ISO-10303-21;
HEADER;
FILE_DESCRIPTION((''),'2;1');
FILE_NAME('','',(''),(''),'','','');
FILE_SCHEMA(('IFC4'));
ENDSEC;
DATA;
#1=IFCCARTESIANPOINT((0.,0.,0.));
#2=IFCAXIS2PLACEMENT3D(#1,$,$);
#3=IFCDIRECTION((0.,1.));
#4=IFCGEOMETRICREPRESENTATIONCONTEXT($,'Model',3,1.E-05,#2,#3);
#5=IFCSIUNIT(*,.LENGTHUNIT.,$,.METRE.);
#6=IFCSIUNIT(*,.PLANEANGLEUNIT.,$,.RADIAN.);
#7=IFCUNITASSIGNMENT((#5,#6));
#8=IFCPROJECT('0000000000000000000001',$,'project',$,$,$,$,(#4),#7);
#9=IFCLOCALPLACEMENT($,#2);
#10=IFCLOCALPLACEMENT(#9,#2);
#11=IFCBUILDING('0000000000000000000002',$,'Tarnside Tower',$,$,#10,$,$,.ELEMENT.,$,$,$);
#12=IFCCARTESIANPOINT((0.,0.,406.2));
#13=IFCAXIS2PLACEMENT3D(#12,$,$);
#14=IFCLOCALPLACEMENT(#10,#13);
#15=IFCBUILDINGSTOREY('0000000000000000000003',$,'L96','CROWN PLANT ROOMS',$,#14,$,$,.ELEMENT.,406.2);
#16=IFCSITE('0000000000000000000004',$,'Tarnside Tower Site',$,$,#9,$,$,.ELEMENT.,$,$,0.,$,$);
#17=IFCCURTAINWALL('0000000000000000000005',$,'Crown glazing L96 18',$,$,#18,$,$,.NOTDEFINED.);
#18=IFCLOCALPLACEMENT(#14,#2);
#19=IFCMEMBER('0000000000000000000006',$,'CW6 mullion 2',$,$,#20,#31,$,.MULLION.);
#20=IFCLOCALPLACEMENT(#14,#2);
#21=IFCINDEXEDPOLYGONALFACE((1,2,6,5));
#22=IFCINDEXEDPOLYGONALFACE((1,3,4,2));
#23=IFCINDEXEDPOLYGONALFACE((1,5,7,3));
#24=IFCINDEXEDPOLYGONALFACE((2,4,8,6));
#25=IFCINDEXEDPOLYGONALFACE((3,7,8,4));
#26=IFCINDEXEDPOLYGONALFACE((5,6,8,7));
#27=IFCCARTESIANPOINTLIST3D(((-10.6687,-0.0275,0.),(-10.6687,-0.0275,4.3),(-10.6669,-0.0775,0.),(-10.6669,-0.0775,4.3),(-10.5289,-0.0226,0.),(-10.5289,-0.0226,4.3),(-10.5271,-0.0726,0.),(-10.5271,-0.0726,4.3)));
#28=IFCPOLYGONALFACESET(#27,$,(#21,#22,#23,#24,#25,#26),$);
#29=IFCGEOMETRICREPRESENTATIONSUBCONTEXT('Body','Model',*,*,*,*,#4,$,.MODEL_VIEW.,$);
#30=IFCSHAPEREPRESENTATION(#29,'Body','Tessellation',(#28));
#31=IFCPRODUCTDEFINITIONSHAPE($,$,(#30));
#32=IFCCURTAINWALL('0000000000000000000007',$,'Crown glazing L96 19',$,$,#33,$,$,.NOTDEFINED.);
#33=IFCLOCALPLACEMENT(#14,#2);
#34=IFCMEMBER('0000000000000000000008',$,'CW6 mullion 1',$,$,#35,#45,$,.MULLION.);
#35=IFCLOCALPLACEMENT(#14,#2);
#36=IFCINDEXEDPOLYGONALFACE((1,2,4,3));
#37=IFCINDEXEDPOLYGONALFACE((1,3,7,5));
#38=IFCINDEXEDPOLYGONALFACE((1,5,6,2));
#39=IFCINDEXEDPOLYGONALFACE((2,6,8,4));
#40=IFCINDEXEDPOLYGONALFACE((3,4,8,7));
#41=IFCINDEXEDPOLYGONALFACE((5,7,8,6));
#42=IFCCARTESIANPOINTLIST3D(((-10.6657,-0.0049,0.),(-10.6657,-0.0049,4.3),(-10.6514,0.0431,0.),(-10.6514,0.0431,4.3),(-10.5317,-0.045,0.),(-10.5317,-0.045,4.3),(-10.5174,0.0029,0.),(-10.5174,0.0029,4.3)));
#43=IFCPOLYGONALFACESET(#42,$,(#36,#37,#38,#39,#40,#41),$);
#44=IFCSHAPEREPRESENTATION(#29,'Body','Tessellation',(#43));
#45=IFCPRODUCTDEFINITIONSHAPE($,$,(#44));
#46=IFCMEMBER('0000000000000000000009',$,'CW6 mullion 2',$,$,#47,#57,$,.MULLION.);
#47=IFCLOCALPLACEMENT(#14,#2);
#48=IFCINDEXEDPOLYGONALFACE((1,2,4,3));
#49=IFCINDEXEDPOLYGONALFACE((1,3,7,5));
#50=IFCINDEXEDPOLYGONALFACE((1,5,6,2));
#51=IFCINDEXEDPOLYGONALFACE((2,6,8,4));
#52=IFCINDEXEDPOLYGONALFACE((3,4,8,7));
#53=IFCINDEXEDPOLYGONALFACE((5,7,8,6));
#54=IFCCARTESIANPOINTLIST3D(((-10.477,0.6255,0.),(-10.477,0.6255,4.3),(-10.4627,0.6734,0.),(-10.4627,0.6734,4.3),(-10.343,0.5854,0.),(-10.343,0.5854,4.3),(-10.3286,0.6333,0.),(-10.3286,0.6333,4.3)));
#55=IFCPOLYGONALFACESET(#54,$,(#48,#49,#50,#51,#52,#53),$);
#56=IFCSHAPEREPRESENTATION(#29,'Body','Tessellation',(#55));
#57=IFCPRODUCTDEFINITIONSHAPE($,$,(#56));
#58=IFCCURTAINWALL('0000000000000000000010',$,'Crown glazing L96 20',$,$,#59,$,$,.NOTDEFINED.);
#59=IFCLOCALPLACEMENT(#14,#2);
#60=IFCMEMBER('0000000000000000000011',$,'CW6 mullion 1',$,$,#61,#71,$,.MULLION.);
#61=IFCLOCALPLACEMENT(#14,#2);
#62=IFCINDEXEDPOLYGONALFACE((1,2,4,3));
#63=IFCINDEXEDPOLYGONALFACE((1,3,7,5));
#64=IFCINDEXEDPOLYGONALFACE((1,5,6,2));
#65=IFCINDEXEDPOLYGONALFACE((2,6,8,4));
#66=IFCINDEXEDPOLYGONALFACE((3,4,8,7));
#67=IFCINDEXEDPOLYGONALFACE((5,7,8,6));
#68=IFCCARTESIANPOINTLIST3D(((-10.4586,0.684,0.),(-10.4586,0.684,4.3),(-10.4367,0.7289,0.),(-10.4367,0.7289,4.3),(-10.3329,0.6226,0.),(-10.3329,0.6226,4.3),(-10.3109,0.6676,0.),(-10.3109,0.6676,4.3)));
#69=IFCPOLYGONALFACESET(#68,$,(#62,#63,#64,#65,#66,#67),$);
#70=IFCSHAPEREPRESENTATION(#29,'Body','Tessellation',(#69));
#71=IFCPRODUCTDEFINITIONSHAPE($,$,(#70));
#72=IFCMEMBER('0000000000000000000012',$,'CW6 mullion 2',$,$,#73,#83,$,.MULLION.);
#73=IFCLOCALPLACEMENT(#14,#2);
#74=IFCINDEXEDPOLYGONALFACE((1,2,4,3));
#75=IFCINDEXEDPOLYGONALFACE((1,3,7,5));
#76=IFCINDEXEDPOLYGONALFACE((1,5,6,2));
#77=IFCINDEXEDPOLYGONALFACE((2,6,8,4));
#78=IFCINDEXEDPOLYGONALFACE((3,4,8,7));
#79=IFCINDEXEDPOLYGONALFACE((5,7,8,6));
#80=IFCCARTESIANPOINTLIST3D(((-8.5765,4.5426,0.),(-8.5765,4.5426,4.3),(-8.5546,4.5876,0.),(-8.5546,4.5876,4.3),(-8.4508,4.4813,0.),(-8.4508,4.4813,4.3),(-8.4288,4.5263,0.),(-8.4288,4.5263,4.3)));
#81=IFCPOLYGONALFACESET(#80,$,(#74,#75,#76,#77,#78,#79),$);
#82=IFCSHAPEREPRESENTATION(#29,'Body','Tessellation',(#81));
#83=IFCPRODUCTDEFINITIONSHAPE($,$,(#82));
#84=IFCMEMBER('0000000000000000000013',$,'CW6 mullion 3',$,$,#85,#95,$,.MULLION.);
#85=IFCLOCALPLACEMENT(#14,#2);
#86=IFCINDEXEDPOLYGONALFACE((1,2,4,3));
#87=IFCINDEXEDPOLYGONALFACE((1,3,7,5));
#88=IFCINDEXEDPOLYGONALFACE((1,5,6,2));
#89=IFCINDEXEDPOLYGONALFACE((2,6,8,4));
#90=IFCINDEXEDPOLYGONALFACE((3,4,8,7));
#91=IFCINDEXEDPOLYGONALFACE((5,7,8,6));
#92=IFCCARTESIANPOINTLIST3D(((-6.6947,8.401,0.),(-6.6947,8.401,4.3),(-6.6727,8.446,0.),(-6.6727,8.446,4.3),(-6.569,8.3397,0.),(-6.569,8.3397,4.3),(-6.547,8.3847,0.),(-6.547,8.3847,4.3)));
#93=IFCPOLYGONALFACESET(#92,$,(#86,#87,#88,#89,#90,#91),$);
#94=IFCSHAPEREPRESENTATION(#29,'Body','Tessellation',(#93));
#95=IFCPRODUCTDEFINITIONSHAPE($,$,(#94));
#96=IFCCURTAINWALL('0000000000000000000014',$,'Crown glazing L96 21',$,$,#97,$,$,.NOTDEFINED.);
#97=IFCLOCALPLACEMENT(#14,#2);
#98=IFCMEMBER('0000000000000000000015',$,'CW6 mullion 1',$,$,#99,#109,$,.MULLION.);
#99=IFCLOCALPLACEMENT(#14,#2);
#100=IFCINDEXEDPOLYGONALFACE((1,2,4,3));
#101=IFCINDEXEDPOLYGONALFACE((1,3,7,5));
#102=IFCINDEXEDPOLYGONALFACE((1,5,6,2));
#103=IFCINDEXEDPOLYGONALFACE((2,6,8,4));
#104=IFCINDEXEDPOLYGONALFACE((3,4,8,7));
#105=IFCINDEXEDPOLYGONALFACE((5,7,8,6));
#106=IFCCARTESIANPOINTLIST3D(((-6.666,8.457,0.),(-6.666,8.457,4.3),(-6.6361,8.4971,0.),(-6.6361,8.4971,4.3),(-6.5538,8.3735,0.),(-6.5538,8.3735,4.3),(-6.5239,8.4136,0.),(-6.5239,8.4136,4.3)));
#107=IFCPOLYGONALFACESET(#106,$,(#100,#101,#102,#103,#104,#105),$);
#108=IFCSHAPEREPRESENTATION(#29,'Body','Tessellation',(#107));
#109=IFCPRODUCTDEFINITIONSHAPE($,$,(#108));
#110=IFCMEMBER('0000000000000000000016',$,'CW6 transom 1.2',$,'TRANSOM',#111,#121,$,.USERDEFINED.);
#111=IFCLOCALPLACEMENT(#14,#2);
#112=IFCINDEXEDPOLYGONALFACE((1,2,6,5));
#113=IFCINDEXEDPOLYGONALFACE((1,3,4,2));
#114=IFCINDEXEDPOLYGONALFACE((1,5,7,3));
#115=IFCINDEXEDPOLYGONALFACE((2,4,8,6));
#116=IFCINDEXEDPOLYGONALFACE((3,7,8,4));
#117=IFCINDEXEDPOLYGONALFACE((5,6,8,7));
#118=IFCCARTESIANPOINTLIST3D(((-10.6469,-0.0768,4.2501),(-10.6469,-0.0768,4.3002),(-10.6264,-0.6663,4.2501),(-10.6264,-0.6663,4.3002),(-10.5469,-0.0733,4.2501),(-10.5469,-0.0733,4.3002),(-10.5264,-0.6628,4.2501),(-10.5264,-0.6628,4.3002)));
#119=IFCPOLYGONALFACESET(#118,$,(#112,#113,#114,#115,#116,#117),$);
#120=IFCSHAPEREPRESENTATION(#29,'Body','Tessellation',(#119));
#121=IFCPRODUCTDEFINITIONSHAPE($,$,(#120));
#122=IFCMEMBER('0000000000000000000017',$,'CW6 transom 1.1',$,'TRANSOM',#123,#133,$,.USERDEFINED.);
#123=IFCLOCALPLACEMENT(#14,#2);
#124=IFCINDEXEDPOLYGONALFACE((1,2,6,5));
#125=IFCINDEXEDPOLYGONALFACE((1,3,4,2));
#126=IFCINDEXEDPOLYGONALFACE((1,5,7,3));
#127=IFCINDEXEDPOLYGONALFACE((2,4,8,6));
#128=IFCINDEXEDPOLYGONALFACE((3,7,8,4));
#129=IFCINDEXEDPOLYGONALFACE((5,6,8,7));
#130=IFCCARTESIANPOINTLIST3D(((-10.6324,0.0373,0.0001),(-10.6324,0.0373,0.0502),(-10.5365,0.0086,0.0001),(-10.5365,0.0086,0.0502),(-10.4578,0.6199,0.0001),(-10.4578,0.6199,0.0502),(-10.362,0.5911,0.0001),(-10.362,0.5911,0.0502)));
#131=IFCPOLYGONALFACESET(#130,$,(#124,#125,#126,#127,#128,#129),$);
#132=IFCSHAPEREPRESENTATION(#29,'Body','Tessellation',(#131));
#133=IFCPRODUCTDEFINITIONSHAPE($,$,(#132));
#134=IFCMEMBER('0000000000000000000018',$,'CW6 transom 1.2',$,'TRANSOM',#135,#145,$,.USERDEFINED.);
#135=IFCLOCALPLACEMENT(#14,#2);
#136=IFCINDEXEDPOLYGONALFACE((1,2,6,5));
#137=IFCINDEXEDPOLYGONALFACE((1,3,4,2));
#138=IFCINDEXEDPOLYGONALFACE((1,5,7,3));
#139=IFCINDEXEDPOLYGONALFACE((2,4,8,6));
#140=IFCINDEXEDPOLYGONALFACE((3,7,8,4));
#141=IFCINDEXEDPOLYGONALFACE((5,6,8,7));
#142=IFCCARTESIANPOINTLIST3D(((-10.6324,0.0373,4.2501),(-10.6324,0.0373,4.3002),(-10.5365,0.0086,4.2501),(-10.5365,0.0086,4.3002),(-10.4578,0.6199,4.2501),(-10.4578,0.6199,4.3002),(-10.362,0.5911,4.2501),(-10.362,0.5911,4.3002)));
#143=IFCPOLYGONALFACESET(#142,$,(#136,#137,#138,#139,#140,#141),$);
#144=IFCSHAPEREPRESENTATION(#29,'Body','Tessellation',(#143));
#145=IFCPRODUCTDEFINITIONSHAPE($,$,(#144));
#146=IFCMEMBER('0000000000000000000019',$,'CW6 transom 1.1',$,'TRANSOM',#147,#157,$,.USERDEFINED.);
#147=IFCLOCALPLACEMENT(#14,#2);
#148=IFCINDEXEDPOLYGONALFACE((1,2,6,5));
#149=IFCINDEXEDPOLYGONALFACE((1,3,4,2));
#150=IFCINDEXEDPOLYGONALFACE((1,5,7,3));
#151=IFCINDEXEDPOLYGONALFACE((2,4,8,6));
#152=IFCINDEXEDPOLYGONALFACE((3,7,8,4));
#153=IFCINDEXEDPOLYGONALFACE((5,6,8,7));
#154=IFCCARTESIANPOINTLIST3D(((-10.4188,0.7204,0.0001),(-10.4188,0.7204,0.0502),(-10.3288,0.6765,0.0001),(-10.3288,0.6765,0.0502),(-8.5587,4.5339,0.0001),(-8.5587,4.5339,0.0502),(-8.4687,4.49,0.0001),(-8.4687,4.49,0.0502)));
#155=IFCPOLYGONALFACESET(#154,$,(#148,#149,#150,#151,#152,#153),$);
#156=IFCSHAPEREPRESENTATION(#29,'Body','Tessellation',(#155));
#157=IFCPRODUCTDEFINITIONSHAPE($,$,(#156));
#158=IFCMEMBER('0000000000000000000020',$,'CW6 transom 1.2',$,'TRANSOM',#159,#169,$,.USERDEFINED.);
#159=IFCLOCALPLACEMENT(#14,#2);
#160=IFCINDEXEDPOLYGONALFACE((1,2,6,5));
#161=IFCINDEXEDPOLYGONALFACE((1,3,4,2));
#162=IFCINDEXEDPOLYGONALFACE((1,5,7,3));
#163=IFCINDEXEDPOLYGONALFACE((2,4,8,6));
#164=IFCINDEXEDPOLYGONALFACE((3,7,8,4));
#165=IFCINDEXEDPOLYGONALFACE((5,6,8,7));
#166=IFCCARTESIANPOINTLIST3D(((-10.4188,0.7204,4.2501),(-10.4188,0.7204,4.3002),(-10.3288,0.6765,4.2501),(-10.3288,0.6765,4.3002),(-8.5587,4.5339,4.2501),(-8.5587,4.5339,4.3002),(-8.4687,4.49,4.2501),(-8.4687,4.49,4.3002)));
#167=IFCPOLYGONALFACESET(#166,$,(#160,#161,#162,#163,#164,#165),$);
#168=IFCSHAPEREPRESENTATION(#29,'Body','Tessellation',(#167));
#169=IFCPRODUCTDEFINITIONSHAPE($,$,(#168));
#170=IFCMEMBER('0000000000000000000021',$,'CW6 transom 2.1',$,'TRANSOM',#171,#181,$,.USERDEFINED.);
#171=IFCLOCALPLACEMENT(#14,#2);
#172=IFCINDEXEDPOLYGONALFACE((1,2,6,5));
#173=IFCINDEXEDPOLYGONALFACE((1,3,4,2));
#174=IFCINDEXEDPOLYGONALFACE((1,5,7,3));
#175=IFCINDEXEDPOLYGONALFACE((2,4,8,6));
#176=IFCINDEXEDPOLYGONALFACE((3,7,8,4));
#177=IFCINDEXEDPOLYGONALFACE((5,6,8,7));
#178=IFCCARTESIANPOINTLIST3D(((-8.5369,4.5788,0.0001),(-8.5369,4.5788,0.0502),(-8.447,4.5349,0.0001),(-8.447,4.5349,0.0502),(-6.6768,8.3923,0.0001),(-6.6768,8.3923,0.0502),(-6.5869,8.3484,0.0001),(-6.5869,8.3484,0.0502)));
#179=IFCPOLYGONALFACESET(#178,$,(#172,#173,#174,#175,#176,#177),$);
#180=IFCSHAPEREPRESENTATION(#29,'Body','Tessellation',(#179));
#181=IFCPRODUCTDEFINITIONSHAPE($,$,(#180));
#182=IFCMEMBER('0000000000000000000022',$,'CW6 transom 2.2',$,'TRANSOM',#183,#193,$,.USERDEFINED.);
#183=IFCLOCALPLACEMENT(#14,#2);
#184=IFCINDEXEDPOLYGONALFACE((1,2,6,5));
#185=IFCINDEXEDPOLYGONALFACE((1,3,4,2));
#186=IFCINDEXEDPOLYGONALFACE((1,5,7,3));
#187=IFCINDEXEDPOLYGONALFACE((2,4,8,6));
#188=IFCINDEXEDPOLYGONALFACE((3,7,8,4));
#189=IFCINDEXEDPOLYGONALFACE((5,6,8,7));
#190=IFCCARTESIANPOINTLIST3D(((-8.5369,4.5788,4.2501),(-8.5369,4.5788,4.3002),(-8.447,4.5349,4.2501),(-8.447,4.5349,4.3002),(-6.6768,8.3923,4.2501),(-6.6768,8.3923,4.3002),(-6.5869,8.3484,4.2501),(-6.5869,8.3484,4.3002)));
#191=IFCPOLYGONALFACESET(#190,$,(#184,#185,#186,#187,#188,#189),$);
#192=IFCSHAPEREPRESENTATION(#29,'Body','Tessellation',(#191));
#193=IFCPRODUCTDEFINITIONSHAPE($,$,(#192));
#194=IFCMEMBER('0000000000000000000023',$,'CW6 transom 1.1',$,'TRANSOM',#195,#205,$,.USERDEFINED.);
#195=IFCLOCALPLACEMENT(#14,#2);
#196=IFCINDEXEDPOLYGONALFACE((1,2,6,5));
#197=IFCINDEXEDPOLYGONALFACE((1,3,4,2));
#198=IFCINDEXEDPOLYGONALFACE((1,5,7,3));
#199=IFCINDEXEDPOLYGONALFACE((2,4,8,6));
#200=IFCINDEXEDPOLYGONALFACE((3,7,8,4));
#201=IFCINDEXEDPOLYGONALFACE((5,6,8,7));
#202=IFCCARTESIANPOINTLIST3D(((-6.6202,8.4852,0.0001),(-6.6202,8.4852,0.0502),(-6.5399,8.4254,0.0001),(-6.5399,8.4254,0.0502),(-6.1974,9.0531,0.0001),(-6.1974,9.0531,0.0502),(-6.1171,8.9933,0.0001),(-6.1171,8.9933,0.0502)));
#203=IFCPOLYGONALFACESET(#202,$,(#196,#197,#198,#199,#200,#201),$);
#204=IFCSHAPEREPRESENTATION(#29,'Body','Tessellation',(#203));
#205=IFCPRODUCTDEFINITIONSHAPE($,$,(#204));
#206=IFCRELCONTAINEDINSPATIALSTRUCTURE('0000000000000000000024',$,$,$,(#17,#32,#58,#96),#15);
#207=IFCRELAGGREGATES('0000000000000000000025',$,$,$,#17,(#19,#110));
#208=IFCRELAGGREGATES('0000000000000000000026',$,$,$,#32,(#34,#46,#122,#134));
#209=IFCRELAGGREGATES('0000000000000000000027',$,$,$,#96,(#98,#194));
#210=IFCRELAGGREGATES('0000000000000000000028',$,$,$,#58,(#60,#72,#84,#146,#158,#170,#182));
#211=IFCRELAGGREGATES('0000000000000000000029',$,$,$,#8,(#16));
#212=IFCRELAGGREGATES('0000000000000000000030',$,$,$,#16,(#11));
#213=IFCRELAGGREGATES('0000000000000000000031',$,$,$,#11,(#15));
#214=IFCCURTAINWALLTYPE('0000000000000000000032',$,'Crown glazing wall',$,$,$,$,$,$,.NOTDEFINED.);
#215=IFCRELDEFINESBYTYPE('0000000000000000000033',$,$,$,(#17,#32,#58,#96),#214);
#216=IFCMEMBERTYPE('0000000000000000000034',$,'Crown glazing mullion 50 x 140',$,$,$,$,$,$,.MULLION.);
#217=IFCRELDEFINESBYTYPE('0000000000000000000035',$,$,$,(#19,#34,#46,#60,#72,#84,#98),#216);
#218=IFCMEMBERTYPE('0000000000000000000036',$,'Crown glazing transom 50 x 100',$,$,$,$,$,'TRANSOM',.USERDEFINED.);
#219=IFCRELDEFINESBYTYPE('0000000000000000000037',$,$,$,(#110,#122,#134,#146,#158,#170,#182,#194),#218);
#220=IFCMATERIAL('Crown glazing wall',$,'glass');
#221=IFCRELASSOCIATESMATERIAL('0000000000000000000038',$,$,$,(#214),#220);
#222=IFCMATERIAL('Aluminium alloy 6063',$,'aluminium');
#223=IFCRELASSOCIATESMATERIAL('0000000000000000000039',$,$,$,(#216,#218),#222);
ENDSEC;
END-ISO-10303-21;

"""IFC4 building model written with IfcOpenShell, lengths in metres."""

from ifc_helpers import new_model, si_unit, direction, frame, origin, origin_2d, place, context, subcontext, project, spatial, rectangle, extrude, material, material_profile, profile_set, type_object, element, aggregate, save


model = new_model("IFC4")

# Units and contexts
model_context = context("Model", 3, precision=1e-05, world=origin(), true_north=direction((0.0, 1.0)))
body_context = subcontext(model_context, "Body", "Model", "MODEL_VIEW")
ifc_project = project(units=[si_unit("LENGTHUNIT", "METRE"), si_unit("PLANEANGLEUNIT", "RADIAN")], contexts=[model_context])

# Site, building, storey
site_placement = place(None, origin())
site = spatial("IfcSite", under=ifc_project, at=site_placement, Name="Tarnside Tower Site", CompositionType="ELEMENT", RefElevation=0.0)
building_placement = place(site_placement, origin())
building = spatial("IfcBuilding", under=site, at=building_placement, Name="Tarnside Tower", CompositionType="ELEMENT")
storey_placement = place(building_placement, frame((0.0, 0.0, 406.2)))
storey = spatial("IfcBuildingStorey", under=building, at=storey_placement, Name="L96", Description="CROWN PLANT ROOMS", CompositionType="ELEMENT", Elevation=406.2)

# Curtain wall, member
ifc_material_1 = material(Name="Crown glazing wall", Category="glass")
curtain_wall_type = type_object("IfcCurtainWallType", Name="Crown glazing wall", PredefinedType="NOTDEFINED", material=ifc_material_1)
curtain_wall_1_placement = place(storey_placement, origin())
curtain_wall_1 = element("IfcCurtainWall", 1, at=curtain_wall_1_placement, inside=storey, type_object=curtain_wall_type, Name="Crown glazing L96 18", PredefinedType="NOTDEFINED")
ifc_material_2 = material(Name="Aluminium alloy 6063", Category="aluminium")
ifc_material_profile_1 = material_profile(ifc_material_2, rectangle(XDim=0.1399, YDim=0.05, at=origin_2d()), Name="Crown glazing mullion 50 x 140")
ifc_profile_set_1 = profile_set([ifc_material_profile_1], Name="Aluminium alloy 6063")
member_type_1 = type_object("IfcMemberType", Name="Crown glazing mullion 50 x 140", PredefinedType="MULLION", material=ifc_profile_set_1)
member_1_placement = place(storey_placement, frame((-10.5979, -0.05, 0.0), z_axis=(0.0, 0.0, 1.0), x_axis=(-0.999391, -0.034899, 0.0)))
member_1 = element("IfcMember", 2, at=member_1_placement, type_object=member_type_1, Name="CW6 mullion 2", PredefinedType="MULLION", context=body_context, shape_type="SweptSolid", body=[
    extrude(rectangle(XDim=0.1399, YDim=0.05, at=origin_2d()), origin(), (0.0, 0.0, 1.0), 4.3),
])

# Curtain walls, members
curtain_wall_2_placement = place(storey_placement, origin())
curtain_wall_2 = element("IfcCurtainWall", 3, at=curtain_wall_2_placement, inside=storey, type_object=curtain_wall_type, Name="Crown glazing L96 19", PredefinedType="NOTDEFINED")
member_2_placement = place(storey_placement, frame((-10.5916, -0.001, 0.0), z_axis=(0.0, 0.0, 1.0), x_axis=(-0.95799, 0.286803, 0.0)))
member_2 = element("IfcMember", 4, at=member_2_placement, type_object=member_type_1, Name="CW6 mullion 1", PredefinedType="MULLION", context=body_context, shape_type="SweptSolid", body=[
    extrude(rectangle(XDim=0.1399, YDim=0.05, at=origin_2d()), origin(), (0.0, 0.0, 1.0), 4.3),
])
member_3_placement = place(storey_placement, frame((-10.4028, 0.6294, 0.0), z_axis=(0.0, 0.0, 1.0), x_axis=(-0.95799, 0.286803, 0.0)))
member_3 = element("IfcMember", 5, at=member_3_placement, type_object=member_type_1, Name="CW6 mullion 2", PredefinedType="MULLION", context=body_context, shape_type="SweptSolid", body=[
    extrude(rectangle(XDim=0.1399, YDim=0.05, at=origin_2d()), origin(), (0.0, 0.0, 1.0), 4.3),
])
curtain_wall_3_placement = place(storey_placement, origin())
curtain_wall_3 = element("IfcCurtainWall", 6, at=curtain_wall_3_placement, inside=storey, type_object=curtain_wall_type, Name="Crown glazing L96 20", PredefinedType="NOTDEFINED")
member_4_placement = place(storey_placement, frame((-10.3848, 0.6758, 0.0), z_axis=(0.0, 0.0, 1.0), x_axis=(-0.898794, 0.438371, 0.0)))
member_4 = element("IfcMember", 7, at=member_4_placement, type_object=member_type_1, Name="CW6 mullion 1", PredefinedType="MULLION", context=body_context, shape_type="SweptSolid", body=[
    extrude(rectangle(XDim=0.1399, YDim=0.05, at=origin_2d()), origin(), (0.0, 0.0, 1.0), 4.3),
])
member_5_placement = place(storey_placement, frame((-8.5027, 4.5344, 0.0), z_axis=(0.0, 0.0, 1.0), x_axis=(-0.898794, 0.438371, 0.0)))
member_5 = element("IfcMember", 8, at=member_5_placement, type_object=member_type_1, Name="CW6 mullion 2", PredefinedType="MULLION", context=body_context, shape_type="SweptSolid", body=[
    extrude(rectangle(XDim=0.1399, YDim=0.05, at=origin_2d()), origin(), (0.0, 0.0, 1.0), 4.3),
])
member_6_placement = place(storey_placement, frame((-6.6208, 8.3928, 0.0), z_axis=(0.0, 0.0, 1.0), x_axis=(-0.898794, 0.438371, 0.0)))
member_6 = element("IfcMember", 9, at=member_6_placement, type_object=member_type_1, Name="CW6 mullion 3", PredefinedType="MULLION", context=body_context, shape_type="SweptSolid", body=[
    extrude(rectangle(XDim=0.1399, YDim=0.05, at=origin_2d()), origin(), (0.0, 0.0, 1.0), 4.3),
])

# Curtain wall, member
curtain_wall_4_placement = place(storey_placement, origin())
curtain_wall_4 = element("IfcCurtainWall", 10, at=curtain_wall_4_placement, inside=storey, type_object=curtain_wall_type, Name="Crown glazing L96 21", PredefinedType="NOTDEFINED")
member_7_placement = place(storey_placement, frame((-6.595, 8.4353, 0.0), z_axis=(0.0, 0.0, 1.0), x_axis=(-0.802123, 0.597159, 0.0)))
member_7 = element("IfcMember", 11, at=member_7_placement, type_object=member_type_1, Name="CW6 mullion 1", PredefinedType="MULLION", context=body_context, shape_type="SweptSolid", body=[
    extrude(rectangle(XDim=0.1399, YDim=0.05, at=origin_2d()), origin(), (0.0, 0.0, 1.0), 4.3),
])

# Members
ifc_material_profile_2 = material_profile(ifc_material_2, rectangle(XDim=0.1001, YDim=0.05, at=origin_2d()), Name="Crown glazing transom 50 x 100")
ifc_profile_set_2 = profile_set([ifc_material_profile_2], Name="Aluminium alloy 6063")
member_type_2 = type_object("IfcMemberType", Name="Crown glazing transom 50 x 100", ElementType="TRANSOM", PredefinedType="USERDEFINED", material=ifc_profile_set_2)
member_8_placement = place(storey_placement, frame((-10.5764, -0.6646, 4.2751), z_axis=(-0.034762, 0.999396, 0.0), x_axis=(-0.999396, -0.034762, 0.0)))
member_8 = element("IfcMember", 12, at=member_8_placement, type_object=member_type_2, Name="CW6 transom 1.2", ObjectType="TRANSOM", PredefinedType="USERDEFINED", context=body_context, shape_type="SweptSolid", body=[
    extrude(rectangle(XDim=0.1001, YDim=0.05, at=origin_2d()), origin(), (0.0, 0.0, 1.0), 0.5898),
])
member_9_placement = place(storey_placement, frame((-10.5845, 0.0229, 0.0251), z_axis=(0.287053, 0.957915, 0.0), x_axis=(-0.957915, 0.287053, 0.0)))
member_9 = element("IfcMember", 13, at=member_9_placement, type_object=member_type_2, Name="CW6 transom 1.1", ObjectType="TRANSOM", PredefinedType="USERDEFINED", context=body_context, shape_type="SweptSolid", body=[
    extrude(rectangle(XDim=0.1001, YDim=0.05, at=origin_2d()), origin(), (0.0, 0.0, 1.0), 0.6082),
])
member_10_placement = place(storey_placement, frame((-10.5845, 0.0229, 4.2751), z_axis=(0.287053, 0.957915, 0.0), x_axis=(-0.957915, 0.287053, 0.0)))
member_10 = element("IfcMember", 14, at=member_10_placement, type_object=member_type_2, Name="CW6 transom 1.2", ObjectType="TRANSOM", PredefinedType="USERDEFINED", context=body_context, shape_type="SweptSolid", body=[
    extrude(rectangle(XDim=0.1001, YDim=0.05, at=origin_2d()), origin(), (0.0, 0.0, 1.0), 0.6082),
])
member_11_placement = place(storey_placement, frame((-10.3738, 0.6985, 0.0251), z_axis=(0.4384, 0.89878, 0.0), x_axis=(-0.89878, 0.4384, 0.0)))
member_11 = element("IfcMember", 15, at=member_11_placement, type_object=member_type_2, Name="CW6 transom 1.1", ObjectType="TRANSOM", PredefinedType="USERDEFINED", context=body_context, shape_type="SweptSolid", body=[
    extrude(rectangle(XDim=0.1001, YDim=0.05, at=origin_2d()), origin(), (0.0, 0.0, 1.0), 4.2429),
])
member_12_placement = place(storey_placement, frame((-10.3738, 0.6985, 4.2751), z_axis=(0.4384, 0.89878, 0.0), x_axis=(-0.89878, 0.4384, 0.0)))
member_12 = element("IfcMember", 16, at=member_12_placement, type_object=member_type_2, Name="CW6 transom 1.2", ObjectType="TRANSOM", PredefinedType="USERDEFINED", context=body_context, shape_type="SweptSolid", body=[
    extrude(rectangle(XDim=0.1001, YDim=0.05, at=origin_2d()), origin(), (0.0, 0.0, 1.0), 4.2429),
])
member_13_placement = place(storey_placement, frame((-8.4919, 4.5569, 0.0251), z_axis=(0.4384, 0.89878, 0.0), x_axis=(-0.89878, 0.4384, 0.0)))
member_13 = element("IfcMember", 17, at=member_13_placement, type_object=member_type_2, Name="CW6 transom 2.1", ObjectType="TRANSOM", PredefinedType="USERDEFINED", context=body_context, shape_type="SweptSolid", body=[
    extrude(rectangle(XDim=0.1001, YDim=0.05, at=origin_2d()), origin(), (0.0, 0.0, 1.0), 4.2429),
])
member_14_placement = place(storey_placement, frame((-8.4919, 4.5569, 4.2751), z_axis=(0.4384, 0.89878, 0.0), x_axis=(-0.89878, 0.4384, 0.0)))
member_14 = element("IfcMember", 18, at=member_14_placement, type_object=member_type_2, Name="CW6 transom 2.2", ObjectType="TRANSOM", PredefinedType="USERDEFINED", context=body_context, shape_type="SweptSolid", body=[
    extrude(rectangle(XDim=0.1001, YDim=0.05, at=origin_2d()), origin(), (0.0, 0.0, 1.0), 4.2429),
])
member_15_placement = place(storey_placement, frame((-6.5801, 8.4553, 0.0251), z_axis=(0.597238, 0.802064, 0.0), x_axis=(-0.802064, 0.597238, 0.0)))
member_15 = element("IfcMember", 19, at=member_15_placement, type_object=member_type_2, Name="CW6 transom 1.1", ObjectType="TRANSOM", PredefinedType="USERDEFINED", context=body_context, shape_type="SweptSolid", body=[
    extrude(rectangle(XDim=0.1001, YDim=0.05, at=origin_2d()), origin(), (0.0, 0.0, 1.0), 0.708),
])

aggregate(curtain_wall_1, [member_1, member_8])
aggregate(curtain_wall_2, [member_2, member_3, member_9, member_10])
aggregate(curtain_wall_4, [member_7, member_15])
aggregate(curtain_wall_3, [member_4, member_5, member_6, member_11, member_12, member_13, member_14])

save(model, "model.ifc")
